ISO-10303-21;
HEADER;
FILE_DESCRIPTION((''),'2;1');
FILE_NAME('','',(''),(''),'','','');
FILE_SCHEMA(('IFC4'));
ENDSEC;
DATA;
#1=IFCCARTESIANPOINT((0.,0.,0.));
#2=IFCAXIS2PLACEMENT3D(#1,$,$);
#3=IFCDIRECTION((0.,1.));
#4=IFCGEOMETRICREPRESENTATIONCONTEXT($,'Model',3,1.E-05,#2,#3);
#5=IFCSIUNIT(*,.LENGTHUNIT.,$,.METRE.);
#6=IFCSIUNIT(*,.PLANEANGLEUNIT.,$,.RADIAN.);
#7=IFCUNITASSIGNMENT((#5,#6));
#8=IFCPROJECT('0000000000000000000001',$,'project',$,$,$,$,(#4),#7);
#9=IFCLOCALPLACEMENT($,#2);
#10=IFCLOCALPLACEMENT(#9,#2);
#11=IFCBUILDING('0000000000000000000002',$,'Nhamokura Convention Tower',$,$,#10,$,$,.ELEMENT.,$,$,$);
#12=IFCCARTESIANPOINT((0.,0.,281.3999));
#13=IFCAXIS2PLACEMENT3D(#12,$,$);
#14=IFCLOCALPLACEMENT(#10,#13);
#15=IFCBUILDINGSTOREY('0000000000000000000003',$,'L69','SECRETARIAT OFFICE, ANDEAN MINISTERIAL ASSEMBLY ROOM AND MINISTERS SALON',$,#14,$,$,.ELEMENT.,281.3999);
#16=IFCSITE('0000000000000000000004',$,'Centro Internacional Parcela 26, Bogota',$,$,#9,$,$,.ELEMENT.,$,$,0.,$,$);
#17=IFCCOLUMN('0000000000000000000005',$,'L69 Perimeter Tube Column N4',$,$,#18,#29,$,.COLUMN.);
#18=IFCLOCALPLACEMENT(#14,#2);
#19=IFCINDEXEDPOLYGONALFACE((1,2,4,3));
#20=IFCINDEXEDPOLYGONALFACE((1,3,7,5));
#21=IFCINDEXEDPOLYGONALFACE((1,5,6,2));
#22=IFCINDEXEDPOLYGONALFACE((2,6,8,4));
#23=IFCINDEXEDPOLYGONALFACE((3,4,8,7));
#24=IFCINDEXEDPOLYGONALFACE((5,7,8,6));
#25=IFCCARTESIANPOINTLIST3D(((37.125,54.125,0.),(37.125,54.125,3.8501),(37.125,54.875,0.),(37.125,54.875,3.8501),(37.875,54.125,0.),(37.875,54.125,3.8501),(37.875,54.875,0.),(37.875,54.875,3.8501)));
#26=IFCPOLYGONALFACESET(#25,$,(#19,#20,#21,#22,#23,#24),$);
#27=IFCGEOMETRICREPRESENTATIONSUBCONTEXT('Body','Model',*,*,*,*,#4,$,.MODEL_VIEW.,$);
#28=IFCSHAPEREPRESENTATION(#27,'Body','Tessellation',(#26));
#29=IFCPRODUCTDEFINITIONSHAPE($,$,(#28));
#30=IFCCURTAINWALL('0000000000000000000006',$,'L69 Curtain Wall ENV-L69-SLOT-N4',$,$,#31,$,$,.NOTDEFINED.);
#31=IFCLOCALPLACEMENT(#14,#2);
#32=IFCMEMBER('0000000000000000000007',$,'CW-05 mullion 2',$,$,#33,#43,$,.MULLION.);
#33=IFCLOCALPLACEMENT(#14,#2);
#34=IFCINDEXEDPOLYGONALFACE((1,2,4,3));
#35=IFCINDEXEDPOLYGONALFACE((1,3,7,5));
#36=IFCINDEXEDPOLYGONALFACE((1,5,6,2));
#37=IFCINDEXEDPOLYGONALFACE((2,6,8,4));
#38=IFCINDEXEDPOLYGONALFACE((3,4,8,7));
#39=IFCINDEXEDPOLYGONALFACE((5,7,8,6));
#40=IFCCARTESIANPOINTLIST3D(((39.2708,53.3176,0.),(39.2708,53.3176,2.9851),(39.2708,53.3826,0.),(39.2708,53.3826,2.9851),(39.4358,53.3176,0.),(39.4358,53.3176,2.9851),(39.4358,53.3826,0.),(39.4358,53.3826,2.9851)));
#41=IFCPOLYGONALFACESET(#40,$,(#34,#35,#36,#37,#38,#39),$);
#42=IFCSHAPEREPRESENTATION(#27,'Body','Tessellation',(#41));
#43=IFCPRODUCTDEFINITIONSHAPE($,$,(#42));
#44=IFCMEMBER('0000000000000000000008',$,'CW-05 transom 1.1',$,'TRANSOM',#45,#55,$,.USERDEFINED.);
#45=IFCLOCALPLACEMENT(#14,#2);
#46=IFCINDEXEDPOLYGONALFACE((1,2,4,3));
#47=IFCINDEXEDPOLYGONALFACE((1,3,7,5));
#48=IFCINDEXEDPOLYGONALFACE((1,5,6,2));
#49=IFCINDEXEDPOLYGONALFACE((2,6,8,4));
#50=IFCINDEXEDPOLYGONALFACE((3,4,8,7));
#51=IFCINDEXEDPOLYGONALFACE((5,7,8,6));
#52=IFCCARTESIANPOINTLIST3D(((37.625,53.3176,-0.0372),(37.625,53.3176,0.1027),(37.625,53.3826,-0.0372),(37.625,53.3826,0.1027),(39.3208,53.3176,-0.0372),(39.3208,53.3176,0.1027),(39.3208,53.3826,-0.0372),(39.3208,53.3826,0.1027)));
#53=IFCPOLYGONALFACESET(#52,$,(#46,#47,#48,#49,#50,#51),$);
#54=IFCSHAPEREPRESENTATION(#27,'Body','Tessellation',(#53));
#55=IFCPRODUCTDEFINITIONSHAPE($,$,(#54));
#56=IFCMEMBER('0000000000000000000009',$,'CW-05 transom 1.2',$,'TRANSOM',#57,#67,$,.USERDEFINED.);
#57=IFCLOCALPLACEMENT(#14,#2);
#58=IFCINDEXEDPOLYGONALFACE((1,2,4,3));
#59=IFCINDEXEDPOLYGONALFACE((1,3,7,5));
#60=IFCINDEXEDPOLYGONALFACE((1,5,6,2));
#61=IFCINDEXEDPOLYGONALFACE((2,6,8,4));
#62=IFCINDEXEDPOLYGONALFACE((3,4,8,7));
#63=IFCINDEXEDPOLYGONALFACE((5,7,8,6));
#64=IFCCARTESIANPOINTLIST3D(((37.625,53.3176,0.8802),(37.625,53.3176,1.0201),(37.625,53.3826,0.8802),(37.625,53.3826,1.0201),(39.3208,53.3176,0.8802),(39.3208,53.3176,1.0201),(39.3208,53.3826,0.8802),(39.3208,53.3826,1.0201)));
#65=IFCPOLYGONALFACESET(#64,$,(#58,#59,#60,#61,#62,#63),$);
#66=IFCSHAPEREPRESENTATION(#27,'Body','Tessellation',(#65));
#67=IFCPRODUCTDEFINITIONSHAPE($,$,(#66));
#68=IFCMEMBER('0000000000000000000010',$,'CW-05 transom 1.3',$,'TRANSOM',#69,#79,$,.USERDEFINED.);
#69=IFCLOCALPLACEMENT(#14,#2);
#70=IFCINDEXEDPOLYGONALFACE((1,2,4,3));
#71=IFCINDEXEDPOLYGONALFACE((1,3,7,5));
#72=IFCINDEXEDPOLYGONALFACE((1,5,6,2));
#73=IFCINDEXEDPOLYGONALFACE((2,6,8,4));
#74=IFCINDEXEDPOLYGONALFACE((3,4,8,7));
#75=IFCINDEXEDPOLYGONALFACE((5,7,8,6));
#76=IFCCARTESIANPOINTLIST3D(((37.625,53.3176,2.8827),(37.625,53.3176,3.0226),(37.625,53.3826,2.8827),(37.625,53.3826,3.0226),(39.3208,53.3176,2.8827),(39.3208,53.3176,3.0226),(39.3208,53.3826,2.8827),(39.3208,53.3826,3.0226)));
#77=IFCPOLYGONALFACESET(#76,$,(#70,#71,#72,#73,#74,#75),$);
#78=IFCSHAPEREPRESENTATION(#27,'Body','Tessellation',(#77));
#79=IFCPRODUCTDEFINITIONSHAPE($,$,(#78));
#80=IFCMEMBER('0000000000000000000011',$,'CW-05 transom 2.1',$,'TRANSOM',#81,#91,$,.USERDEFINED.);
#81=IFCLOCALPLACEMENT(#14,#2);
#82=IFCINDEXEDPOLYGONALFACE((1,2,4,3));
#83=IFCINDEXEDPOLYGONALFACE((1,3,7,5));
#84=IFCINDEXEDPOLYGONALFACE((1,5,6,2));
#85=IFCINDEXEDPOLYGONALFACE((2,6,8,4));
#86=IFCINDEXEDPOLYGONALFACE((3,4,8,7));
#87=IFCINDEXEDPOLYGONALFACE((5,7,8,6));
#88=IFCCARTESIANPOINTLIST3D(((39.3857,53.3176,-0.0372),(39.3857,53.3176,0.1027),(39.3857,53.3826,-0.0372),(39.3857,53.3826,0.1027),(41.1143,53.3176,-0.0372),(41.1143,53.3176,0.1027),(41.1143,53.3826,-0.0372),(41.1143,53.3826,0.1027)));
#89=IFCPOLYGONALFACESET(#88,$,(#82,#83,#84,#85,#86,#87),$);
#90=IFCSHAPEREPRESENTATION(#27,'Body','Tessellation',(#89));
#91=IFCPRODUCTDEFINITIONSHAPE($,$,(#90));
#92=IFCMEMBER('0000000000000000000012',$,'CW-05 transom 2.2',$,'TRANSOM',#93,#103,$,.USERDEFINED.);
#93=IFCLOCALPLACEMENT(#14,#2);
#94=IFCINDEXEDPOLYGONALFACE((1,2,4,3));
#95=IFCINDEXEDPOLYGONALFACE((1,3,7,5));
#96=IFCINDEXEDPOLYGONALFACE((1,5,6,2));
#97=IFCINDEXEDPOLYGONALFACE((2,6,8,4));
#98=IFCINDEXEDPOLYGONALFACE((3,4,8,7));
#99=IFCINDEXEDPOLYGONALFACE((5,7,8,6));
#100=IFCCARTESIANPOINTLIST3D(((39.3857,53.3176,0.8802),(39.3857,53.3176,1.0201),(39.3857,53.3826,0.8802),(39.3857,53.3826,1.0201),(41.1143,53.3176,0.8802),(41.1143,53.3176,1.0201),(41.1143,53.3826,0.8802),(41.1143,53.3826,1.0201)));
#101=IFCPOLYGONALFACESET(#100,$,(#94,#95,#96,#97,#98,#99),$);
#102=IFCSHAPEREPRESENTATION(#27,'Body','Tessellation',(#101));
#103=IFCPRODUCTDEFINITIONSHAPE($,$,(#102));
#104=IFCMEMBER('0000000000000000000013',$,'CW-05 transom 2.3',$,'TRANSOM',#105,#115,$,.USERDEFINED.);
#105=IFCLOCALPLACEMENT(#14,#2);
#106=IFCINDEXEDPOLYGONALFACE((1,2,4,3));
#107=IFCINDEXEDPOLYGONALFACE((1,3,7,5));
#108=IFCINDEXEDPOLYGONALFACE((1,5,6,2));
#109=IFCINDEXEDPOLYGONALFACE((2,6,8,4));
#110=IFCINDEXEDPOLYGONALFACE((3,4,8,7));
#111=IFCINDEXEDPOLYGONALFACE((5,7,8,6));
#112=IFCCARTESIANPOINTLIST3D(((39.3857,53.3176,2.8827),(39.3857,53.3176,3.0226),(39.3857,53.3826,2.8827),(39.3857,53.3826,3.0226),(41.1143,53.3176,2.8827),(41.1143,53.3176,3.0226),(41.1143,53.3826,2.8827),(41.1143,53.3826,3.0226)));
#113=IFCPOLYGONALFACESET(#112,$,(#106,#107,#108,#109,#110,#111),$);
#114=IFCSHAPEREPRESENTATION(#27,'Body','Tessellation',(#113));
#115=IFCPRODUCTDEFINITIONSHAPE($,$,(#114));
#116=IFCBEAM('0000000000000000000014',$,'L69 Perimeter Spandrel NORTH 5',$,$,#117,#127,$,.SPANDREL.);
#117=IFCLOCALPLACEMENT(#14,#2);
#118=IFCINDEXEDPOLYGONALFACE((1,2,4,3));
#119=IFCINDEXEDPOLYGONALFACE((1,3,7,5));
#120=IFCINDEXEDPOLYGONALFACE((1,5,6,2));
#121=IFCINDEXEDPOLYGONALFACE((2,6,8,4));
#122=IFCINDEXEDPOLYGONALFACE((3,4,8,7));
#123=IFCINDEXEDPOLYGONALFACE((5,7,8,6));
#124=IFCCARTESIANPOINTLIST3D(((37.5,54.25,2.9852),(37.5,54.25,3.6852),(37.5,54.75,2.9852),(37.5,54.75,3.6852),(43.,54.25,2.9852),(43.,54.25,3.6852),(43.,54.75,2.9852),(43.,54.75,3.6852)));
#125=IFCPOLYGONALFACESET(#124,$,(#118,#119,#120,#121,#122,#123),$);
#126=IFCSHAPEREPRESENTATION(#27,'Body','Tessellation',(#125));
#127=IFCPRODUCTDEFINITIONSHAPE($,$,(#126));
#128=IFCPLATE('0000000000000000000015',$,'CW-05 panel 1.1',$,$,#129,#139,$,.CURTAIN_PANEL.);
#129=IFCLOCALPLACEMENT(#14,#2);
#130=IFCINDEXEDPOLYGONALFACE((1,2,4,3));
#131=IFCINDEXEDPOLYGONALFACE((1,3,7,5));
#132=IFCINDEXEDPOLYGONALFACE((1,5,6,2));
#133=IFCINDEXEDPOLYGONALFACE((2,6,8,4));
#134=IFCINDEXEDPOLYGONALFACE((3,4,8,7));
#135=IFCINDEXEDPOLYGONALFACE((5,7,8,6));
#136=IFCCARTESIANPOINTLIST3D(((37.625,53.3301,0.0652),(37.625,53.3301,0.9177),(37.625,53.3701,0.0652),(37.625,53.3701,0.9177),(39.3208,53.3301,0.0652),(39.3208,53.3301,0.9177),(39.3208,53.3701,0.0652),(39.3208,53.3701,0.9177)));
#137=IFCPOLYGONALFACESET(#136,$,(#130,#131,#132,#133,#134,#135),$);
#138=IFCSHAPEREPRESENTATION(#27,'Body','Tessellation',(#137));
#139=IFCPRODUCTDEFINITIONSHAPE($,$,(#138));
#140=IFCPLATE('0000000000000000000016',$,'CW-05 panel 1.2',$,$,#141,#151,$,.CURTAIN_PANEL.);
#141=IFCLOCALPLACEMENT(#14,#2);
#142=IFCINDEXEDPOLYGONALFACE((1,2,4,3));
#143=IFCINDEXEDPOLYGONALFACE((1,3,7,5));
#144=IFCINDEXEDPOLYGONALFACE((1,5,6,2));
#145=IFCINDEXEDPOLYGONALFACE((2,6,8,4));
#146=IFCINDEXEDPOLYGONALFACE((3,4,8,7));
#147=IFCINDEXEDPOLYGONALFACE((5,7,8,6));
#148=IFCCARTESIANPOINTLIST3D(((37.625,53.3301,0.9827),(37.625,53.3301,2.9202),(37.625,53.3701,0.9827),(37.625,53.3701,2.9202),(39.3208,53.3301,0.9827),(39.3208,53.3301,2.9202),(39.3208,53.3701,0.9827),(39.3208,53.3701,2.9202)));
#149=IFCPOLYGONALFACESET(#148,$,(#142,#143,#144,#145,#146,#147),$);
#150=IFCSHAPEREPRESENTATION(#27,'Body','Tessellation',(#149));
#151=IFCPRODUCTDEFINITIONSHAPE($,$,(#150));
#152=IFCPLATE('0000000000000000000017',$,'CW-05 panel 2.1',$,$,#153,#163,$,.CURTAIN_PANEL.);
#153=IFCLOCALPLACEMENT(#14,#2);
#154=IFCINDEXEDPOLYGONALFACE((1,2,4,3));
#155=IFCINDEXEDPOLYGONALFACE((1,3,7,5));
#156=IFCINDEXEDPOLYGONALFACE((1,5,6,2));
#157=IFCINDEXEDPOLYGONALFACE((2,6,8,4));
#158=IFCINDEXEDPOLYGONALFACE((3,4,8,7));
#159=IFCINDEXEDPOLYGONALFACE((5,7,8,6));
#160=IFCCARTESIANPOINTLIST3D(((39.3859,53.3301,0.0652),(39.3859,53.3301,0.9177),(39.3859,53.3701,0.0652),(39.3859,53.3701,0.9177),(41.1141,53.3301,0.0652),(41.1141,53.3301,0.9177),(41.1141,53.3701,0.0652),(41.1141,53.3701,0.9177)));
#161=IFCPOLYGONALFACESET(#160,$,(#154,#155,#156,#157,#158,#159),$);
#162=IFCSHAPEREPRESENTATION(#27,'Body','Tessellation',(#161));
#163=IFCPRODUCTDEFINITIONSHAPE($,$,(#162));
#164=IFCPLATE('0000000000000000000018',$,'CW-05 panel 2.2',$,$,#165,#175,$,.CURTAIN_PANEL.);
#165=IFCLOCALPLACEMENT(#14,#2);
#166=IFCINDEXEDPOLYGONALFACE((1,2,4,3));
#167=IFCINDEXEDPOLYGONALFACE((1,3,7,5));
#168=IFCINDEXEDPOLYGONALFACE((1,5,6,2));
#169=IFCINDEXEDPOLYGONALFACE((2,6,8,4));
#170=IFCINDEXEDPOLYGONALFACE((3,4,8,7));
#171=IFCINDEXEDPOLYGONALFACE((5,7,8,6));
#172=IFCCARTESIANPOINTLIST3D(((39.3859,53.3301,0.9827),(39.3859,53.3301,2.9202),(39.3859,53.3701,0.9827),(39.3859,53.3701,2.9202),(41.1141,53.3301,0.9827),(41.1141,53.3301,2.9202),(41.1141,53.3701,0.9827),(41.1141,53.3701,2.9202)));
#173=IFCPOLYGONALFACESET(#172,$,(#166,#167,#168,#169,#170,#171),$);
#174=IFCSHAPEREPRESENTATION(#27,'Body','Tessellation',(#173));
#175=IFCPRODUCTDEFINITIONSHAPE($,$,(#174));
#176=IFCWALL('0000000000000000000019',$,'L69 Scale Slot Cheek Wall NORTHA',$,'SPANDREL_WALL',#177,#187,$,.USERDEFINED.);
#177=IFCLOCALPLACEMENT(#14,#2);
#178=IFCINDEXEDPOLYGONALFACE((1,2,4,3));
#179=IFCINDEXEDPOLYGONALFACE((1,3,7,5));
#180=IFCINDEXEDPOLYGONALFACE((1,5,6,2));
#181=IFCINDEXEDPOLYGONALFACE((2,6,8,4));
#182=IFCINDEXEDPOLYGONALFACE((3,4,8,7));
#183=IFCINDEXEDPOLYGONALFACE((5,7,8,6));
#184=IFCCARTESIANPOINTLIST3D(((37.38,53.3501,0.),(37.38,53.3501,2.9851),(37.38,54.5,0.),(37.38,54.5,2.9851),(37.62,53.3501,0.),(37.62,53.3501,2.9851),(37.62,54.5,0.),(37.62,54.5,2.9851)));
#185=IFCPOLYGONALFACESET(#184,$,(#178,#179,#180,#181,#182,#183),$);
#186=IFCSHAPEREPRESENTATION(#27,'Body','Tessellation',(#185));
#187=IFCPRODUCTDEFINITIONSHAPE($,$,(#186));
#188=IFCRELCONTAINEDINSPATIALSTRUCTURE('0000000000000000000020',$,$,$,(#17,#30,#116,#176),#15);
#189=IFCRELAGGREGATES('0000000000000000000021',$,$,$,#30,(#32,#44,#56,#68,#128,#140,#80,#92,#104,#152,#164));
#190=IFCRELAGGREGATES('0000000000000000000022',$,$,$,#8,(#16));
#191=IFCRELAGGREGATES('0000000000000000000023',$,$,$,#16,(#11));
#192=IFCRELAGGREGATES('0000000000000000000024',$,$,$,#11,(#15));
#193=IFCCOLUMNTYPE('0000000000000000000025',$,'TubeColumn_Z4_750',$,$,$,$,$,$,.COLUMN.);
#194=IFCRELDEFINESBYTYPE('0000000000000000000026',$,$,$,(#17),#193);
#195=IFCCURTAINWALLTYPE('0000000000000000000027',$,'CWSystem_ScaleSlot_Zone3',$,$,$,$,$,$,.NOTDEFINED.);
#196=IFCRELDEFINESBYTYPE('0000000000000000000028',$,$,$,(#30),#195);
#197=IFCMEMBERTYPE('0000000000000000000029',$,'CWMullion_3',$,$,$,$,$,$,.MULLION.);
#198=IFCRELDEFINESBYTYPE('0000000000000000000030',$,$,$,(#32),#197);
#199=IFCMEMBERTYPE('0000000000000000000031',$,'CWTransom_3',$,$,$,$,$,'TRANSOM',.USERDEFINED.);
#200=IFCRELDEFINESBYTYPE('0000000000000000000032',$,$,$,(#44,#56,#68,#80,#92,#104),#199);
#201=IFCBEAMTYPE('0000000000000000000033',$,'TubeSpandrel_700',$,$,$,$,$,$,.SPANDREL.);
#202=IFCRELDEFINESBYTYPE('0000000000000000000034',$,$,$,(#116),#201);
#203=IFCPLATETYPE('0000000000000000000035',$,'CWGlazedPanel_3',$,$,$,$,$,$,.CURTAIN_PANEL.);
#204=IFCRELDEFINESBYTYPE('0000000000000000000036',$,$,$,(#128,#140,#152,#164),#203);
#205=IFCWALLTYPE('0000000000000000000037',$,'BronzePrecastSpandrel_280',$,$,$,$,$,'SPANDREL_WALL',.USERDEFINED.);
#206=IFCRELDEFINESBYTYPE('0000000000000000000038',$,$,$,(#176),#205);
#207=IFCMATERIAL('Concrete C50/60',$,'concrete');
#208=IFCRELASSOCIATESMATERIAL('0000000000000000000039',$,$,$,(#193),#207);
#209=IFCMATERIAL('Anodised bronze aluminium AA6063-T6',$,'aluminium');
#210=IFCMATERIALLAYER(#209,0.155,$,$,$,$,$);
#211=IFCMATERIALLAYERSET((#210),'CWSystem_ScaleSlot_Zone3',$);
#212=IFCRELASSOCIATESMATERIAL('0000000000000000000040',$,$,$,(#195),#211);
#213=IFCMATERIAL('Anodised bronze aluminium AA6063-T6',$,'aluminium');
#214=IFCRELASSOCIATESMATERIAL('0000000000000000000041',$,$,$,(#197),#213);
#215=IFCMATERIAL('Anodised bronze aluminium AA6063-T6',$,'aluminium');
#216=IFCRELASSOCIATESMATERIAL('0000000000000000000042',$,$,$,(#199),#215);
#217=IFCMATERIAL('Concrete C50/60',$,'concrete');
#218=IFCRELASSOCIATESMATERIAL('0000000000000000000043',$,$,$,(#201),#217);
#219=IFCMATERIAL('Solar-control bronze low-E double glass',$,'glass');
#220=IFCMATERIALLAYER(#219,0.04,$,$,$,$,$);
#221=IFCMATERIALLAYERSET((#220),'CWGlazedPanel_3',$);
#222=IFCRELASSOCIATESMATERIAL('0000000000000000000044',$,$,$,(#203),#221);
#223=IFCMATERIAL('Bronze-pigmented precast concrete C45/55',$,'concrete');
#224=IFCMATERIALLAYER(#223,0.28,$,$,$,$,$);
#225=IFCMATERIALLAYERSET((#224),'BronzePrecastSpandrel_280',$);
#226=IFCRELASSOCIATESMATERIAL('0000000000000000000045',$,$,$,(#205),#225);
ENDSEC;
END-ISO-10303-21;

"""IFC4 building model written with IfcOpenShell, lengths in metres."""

from ifc_helpers import new_model, si_unit, direction, frame, frame_2d, origin, origin_2d, place, context, subcontext, project, spatial, rectangle, extrude, material, layer, layer_set, material_profile, profile_set, type_object, element, aggregate, save


model = new_model("IFC4")

# Units and contexts
model_context = context("Model", 3, precision=1e-05, world=origin(), true_north=direction((0.0, 1.0)))
body_context = subcontext(model_context, "Body", "Model", "MODEL_VIEW")
ifc_project = project(units=[si_unit("LENGTHUNIT", "METRE"), si_unit("PLANEANGLEUNIT", "RADIAN")], contexts=[model_context])

# Site, building, storey
site_placement = place(None, origin())
site = spatial("IfcSite", under=ifc_project, at=site_placement, Name="Centro Internacional Parcela 26, Bogota", CompositionType="ELEMENT", RefElevation=0.0)
building_placement = place(site_placement, origin())
building = spatial("IfcBuilding", under=site, at=building_placement, Name="Nhamokura Convention Tower", CompositionType="ELEMENT")
storey_placement = place(building_placement, frame((0.0, 0.0, 281.3999)))
storey = spatial("IfcBuildingStorey", under=building, at=storey_placement, Name="L69", Description="SECRETARIAT OFFICE, ANDEAN MINISTERIAL ASSEMBLY ROOM AND MINISTERS SALON", CompositionType="ELEMENT", Elevation=281.3999)

# Column
ifc_material_1 = material(Name="Concrete C50/60", Category="concrete")
ifc_material_profile_1 = material_profile(ifc_material_1, rectangle(XDim=0.75, YDim=0.75, at=origin_2d()))
ifc_profile_set_1 = profile_set([ifc_material_profile_1], Name="Concrete C50/60")
column_type = type_object("IfcColumnType", Name="TubeColumn_Z4_750", PredefinedType="COLUMN", material=ifc_profile_set_1)
column_placement = place(storey_placement, frame((37.5, 54.5, 0.0), z_axis=(0.0, 0.0, 1.0), x_axis=(1.0, 0.0, 0.0)))
element("IfcColumn", 1, at=column_placement, inside=storey, type_object=column_type, Name="L69 Perimeter Tube Column N4", PredefinedType="COLUMN", context=body_context, shape_type="SweptSolid", body=[
    extrude(rectangle(XDim=0.75, YDim=0.75, at=origin_2d()), origin(), (0.0, 0.0, 1.0), 3.8501),
])

# Curtain wall, members
ifc_material_2 = material(Name="Anodised bronze aluminium AA6063-T6", Category="aluminium")
ifc_layer_1 = layer(ifc_material_2, 0.155)
ifc_layer_set_1 = layer_set([ifc_layer_1], Name="CWSystem_ScaleSlot_Zone3")
curtain_wall_type = type_object("IfcCurtainWallType", Name="CWSystem_ScaleSlot_Zone3", PredefinedType="NOTDEFINED", material=ifc_layer_set_1)
curtain_wall_placement = place(storey_placement, origin())
curtain_wall = element("IfcCurtainWall", 2, at=curtain_wall_placement, inside=storey, type_object=curtain_wall_type, Name="L69 Curtain Wall ENV-L69-SLOT-N4", PredefinedType="NOTDEFINED")
ifc_material_3 = material(Name="Anodised bronze aluminium AA6063-T6", Category="aluminium")
ifc_material_profile_2 = material_profile(ifc_material_3, rectangle(XDim=0.0649, YDim=0.165, at=origin_2d()))
ifc_profile_set_2 = profile_set([ifc_material_profile_2], Name="Anodised bronze aluminium AA6063-T6")
member_type_1 = type_object("IfcMemberType", Name="CWMullion_3", PredefinedType="MULLION", material=ifc_profile_set_2)
member_1_placement = place(storey_placement, frame((39.3533, 53.3501, 0.0), z_axis=(0.0, 0.0, 1.0), x_axis=(0.0, 1.0, 0.0)))
member_1 = element("IfcMember", 3, at=member_1_placement, type_object=member_type_1, Name="CW-05 mullion 2", PredefinedType="MULLION", context=body_context, shape_type="SweptSolid", body=[
    extrude(rectangle(XDim=0.0649, YDim=0.165, at=origin_2d()), origin(), (0.0, 0.0, 1.0), 2.9851),
])
ifc_material_4 = material(Name="Anodised bronze aluminium AA6063-T6", Category="aluminium")
ifc_material_profile_3 = material_profile(ifc_material_4, rectangle(XDim=0.0649, YDim=0.1399, at=origin_2d()))
ifc_profile_set_3 = profile_set([ifc_material_profile_3], Name="Anodised bronze aluminium AA6063-T6")
member_type_2 = type_object("IfcMemberType", Name="CWTransom_3", ElementType="TRANSOM", PredefinedType="USERDEFINED", material=ifc_profile_set_3)
member_2_placement = place(storey_placement, frame((37.625, 53.3501, 0.0327), z_axis=(1.0, 0.0, 0.0), x_axis=(0.0, 1.0, 0.0)))
member_2 = element("IfcMember", 4, at=member_2_placement, type_object=member_type_2, Name="CW-05 transom 1.1", ObjectType="TRANSOM", PredefinedType="USERDEFINED", context=body_context, shape_type="SweptSolid", body=[
    extrude(rectangle(XDim=0.0649, YDim=0.1399, at=origin_2d()), origin(), (0.0, 0.0, 1.0), 1.6958),
])
member_3_placement = place(storey_placement, frame((37.625, 53.3501, 0.9502), z_axis=(1.0, 0.0, 0.0), x_axis=(0.0, 1.0, 0.0)))
member_3 = element("IfcMember", 5, at=member_3_placement, type_object=member_type_2, Name="CW-05 transom 1.2", ObjectType="TRANSOM", PredefinedType="USERDEFINED", context=body_context, shape_type="SweptSolid", body=[
    extrude(rectangle(XDim=0.0649, YDim=0.1399, at=origin_2d()), origin(), (0.0, 0.0, 1.0), 1.6958),
])
member_4_placement = place(storey_placement, frame((37.625, 53.3501, 2.9526), z_axis=(1.0, 0.0, 0.0), x_axis=(0.0, 1.0, 0.0)))
member_4 = element("IfcMember", 6, at=member_4_placement, type_object=member_type_2, Name="CW-05 transom 1.3", ObjectType="TRANSOM", PredefinedType="USERDEFINED", context=body_context, shape_type="SweptSolid", body=[
    extrude(rectangle(XDim=0.0649, YDim=0.1399, at=origin_2d()), origin(), (0.0, 0.0, 1.0), 1.6958),
])
member_5_placement = place(storey_placement, frame((39.3857, 53.3501, 0.0327), z_axis=(1.0, 0.0, 0.0), x_axis=(0.0, 1.0, 0.0)))
member_5 = element("IfcMember", 7, at=member_5_placement, type_object=member_type_2, Name="CW-05 transom 2.1", ObjectType="TRANSOM", PredefinedType="USERDEFINED", context=body_context, shape_type="SweptSolid", body=[
    extrude(rectangle(XDim=0.0649, YDim=0.1399, at=origin_2d()), origin(), (0.0, 0.0, 1.0), 1.7285),
])
member_6_placement = place(storey_placement, frame((39.3857, 53.3501, 0.9502), z_axis=(1.0, 0.0, 0.0), x_axis=(0.0, 1.0, 0.0)))
member_6 = element("IfcMember", 8, at=member_6_placement, type_object=member_type_2, Name="CW-05 transom 2.2", ObjectType="TRANSOM", PredefinedType="USERDEFINED", context=body_context, shape_type="SweptSolid", body=[
    extrude(rectangle(XDim=0.0649, YDim=0.1399, at=origin_2d()), origin(), (0.0, 0.0, 1.0), 1.7285),
])
member_7_placement = place(storey_placement, frame((39.3857, 53.3501, 2.9526), z_axis=(1.0, 0.0, 0.0), x_axis=(0.0, 1.0, 0.0)))
member_7 = element("IfcMember", 9, at=member_7_placement, type_object=member_type_2, Name="CW-05 transom 2.3", ObjectType="TRANSOM", PredefinedType="USERDEFINED", context=body_context, shape_type="SweptSolid", body=[
    extrude(rectangle(XDim=0.0649, YDim=0.1399, at=origin_2d()), origin(), (0.0, 0.0, 1.0), 1.7285),
])

# Beam
ifc_material_5 = material(Name="Concrete C50/60", Category="concrete")
ifc_material_profile_4 = material_profile(ifc_material_5, rectangle(XDim=0.5, YDim=0.7, at=origin_2d()))
ifc_profile_set_4 = profile_set([ifc_material_profile_4], Name="Concrete C50/60")
beam_type = type_object("IfcBeamType", Name="TubeSpandrel_700", PredefinedType="SPANDREL", material=ifc_profile_set_4)
beam_placement = place(storey_placement, frame((37.5, 54.5, 3.3352), z_axis=(1.0, 0.0, 0.0), x_axis=(0.0, 1.0, 0.0)))
element("IfcBeam", 10, at=beam_placement, inside=storey, type_object=beam_type, Name="L69 Perimeter Spandrel NORTH 5", PredefinedType="SPANDREL", context=body_context, shape_type="SweptSolid", body=[
    extrude(rectangle(XDim=0.5, YDim=0.7, at=origin_2d()), origin(), (0.0, 0.0, 1.0), 5.5),
])

# Plates
ifc_material_6 = material(Name="Solar-control bronze low-E double glass", Category="glass")
ifc_layer_2 = layer(ifc_material_6, 0.04)
ifc_layer_set_2 = layer_set([ifc_layer_2], Name="CWGlazedPanel_3")
plate_type = type_object("IfcPlateType", Name="CWGlazedPanel_3", PredefinedType="CURTAIN_PANEL", material=ifc_layer_set_2)
plate_1_placement = place(storey_placement, frame((38.4729, 53.3501, 0.0652), z_axis=(0.0, 0.0, 1.0), x_axis=(1.0, 0.0, 0.0)))
plate_1 = element("IfcPlate", 11, at=plate_1_placement, type_object=plate_type, Name="CW-05 panel 1.1", PredefinedType="CURTAIN_PANEL", context=body_context, shape_type="SweptSolid", body=[
    extrude(rectangle(XDim=1.6958, YDim=0.04, at=origin_2d()), origin(), (0.0, 0.0, 1.0), 0.8525),
])
plate_2_placement = place(storey_placement, frame((38.4729, 53.3501, 0.9827), z_axis=(0.0, 0.0, 1.0), x_axis=(1.0, 0.0, 0.0)))
plate_2 = element("IfcPlate", 12, at=plate_2_placement, type_object=plate_type, Name="CW-05 panel 1.2", PredefinedType="CURTAIN_PANEL", context=body_context, shape_type="SweptSolid", body=[
    extrude(rectangle(XDim=1.6958, YDim=0.04, at=origin_2d()), origin(), (0.0, 0.0, 1.0), 1.9375),
])
plate_3_placement = place(storey_placement, frame((40.25, 53.3501, 0.0652), z_axis=(0.0, 0.0, 1.0), x_axis=(1.0, 0.0, 0.0)))
plate_3 = element("IfcPlate", 13, at=plate_3_placement, type_object=plate_type, Name="CW-05 panel 2.1", PredefinedType="CURTAIN_PANEL", context=body_context, shape_type="SweptSolid", body=[
    extrude(rectangle(XDim=1.7283, YDim=0.04, at=origin_2d()), origin(), (0.0, 0.0, 1.0), 0.8525),
])
plate_4_placement = place(storey_placement, frame((40.25, 53.3501, 0.9827), z_axis=(0.0, 0.0, 1.0), x_axis=(1.0, 0.0, 0.0)))
plate_4 = element("IfcPlate", 14, at=plate_4_placement, type_object=plate_type, Name="CW-05 panel 2.2", PredefinedType="CURTAIN_PANEL", context=body_context, shape_type="SweptSolid", body=[
    extrude(rectangle(XDim=1.7283, YDim=0.04, at=origin_2d()), origin(), (0.0, 0.0, 1.0), 1.9375),
])
aggregate(curtain_wall, [member_1, member_2, member_3, member_4, plate_1, plate_2, member_5, member_6, member_7, plate_3, plate_4])

# Wall
ifc_material_7 = material(Name="Bronze-pigmented precast concrete C45/55", Category="concrete")
ifc_layer_3 = layer(ifc_material_7, 0.28)
ifc_layer_set_3 = layer_set([ifc_layer_3], Name="BronzePrecastSpandrel_280")
wall_type = type_object("IfcWallType", Name="BronzePrecastSpandrel_280", ElementType="SPANDREL_WALL", PredefinedType="USERDEFINED", material=ifc_layer_set_3)
wall_1_placement = place(storey_placement, frame((37.5, 54.5, 0.0), z_axis=(0.0, 0.0, 1.0), x_axis=(0.0, -1.0, 0.0)))
element("IfcWall", 15, at=wall_1_placement, inside=storey, type_object=wall_type, Name="L69 Scale Slot Cheek Wall NORTHA", ObjectType="SPANDREL_WALL", PredefinedType="USERDEFINED", context=body_context, shape_type="SweptSolid", body=[
    extrude(rectangle(XDim=1.1499, YDim=0.24, at=frame_2d((0.575, 0.0))), origin(), (0.0, 0.0, 1.0), 2.9851),
])

save(model, "model.ifc")
